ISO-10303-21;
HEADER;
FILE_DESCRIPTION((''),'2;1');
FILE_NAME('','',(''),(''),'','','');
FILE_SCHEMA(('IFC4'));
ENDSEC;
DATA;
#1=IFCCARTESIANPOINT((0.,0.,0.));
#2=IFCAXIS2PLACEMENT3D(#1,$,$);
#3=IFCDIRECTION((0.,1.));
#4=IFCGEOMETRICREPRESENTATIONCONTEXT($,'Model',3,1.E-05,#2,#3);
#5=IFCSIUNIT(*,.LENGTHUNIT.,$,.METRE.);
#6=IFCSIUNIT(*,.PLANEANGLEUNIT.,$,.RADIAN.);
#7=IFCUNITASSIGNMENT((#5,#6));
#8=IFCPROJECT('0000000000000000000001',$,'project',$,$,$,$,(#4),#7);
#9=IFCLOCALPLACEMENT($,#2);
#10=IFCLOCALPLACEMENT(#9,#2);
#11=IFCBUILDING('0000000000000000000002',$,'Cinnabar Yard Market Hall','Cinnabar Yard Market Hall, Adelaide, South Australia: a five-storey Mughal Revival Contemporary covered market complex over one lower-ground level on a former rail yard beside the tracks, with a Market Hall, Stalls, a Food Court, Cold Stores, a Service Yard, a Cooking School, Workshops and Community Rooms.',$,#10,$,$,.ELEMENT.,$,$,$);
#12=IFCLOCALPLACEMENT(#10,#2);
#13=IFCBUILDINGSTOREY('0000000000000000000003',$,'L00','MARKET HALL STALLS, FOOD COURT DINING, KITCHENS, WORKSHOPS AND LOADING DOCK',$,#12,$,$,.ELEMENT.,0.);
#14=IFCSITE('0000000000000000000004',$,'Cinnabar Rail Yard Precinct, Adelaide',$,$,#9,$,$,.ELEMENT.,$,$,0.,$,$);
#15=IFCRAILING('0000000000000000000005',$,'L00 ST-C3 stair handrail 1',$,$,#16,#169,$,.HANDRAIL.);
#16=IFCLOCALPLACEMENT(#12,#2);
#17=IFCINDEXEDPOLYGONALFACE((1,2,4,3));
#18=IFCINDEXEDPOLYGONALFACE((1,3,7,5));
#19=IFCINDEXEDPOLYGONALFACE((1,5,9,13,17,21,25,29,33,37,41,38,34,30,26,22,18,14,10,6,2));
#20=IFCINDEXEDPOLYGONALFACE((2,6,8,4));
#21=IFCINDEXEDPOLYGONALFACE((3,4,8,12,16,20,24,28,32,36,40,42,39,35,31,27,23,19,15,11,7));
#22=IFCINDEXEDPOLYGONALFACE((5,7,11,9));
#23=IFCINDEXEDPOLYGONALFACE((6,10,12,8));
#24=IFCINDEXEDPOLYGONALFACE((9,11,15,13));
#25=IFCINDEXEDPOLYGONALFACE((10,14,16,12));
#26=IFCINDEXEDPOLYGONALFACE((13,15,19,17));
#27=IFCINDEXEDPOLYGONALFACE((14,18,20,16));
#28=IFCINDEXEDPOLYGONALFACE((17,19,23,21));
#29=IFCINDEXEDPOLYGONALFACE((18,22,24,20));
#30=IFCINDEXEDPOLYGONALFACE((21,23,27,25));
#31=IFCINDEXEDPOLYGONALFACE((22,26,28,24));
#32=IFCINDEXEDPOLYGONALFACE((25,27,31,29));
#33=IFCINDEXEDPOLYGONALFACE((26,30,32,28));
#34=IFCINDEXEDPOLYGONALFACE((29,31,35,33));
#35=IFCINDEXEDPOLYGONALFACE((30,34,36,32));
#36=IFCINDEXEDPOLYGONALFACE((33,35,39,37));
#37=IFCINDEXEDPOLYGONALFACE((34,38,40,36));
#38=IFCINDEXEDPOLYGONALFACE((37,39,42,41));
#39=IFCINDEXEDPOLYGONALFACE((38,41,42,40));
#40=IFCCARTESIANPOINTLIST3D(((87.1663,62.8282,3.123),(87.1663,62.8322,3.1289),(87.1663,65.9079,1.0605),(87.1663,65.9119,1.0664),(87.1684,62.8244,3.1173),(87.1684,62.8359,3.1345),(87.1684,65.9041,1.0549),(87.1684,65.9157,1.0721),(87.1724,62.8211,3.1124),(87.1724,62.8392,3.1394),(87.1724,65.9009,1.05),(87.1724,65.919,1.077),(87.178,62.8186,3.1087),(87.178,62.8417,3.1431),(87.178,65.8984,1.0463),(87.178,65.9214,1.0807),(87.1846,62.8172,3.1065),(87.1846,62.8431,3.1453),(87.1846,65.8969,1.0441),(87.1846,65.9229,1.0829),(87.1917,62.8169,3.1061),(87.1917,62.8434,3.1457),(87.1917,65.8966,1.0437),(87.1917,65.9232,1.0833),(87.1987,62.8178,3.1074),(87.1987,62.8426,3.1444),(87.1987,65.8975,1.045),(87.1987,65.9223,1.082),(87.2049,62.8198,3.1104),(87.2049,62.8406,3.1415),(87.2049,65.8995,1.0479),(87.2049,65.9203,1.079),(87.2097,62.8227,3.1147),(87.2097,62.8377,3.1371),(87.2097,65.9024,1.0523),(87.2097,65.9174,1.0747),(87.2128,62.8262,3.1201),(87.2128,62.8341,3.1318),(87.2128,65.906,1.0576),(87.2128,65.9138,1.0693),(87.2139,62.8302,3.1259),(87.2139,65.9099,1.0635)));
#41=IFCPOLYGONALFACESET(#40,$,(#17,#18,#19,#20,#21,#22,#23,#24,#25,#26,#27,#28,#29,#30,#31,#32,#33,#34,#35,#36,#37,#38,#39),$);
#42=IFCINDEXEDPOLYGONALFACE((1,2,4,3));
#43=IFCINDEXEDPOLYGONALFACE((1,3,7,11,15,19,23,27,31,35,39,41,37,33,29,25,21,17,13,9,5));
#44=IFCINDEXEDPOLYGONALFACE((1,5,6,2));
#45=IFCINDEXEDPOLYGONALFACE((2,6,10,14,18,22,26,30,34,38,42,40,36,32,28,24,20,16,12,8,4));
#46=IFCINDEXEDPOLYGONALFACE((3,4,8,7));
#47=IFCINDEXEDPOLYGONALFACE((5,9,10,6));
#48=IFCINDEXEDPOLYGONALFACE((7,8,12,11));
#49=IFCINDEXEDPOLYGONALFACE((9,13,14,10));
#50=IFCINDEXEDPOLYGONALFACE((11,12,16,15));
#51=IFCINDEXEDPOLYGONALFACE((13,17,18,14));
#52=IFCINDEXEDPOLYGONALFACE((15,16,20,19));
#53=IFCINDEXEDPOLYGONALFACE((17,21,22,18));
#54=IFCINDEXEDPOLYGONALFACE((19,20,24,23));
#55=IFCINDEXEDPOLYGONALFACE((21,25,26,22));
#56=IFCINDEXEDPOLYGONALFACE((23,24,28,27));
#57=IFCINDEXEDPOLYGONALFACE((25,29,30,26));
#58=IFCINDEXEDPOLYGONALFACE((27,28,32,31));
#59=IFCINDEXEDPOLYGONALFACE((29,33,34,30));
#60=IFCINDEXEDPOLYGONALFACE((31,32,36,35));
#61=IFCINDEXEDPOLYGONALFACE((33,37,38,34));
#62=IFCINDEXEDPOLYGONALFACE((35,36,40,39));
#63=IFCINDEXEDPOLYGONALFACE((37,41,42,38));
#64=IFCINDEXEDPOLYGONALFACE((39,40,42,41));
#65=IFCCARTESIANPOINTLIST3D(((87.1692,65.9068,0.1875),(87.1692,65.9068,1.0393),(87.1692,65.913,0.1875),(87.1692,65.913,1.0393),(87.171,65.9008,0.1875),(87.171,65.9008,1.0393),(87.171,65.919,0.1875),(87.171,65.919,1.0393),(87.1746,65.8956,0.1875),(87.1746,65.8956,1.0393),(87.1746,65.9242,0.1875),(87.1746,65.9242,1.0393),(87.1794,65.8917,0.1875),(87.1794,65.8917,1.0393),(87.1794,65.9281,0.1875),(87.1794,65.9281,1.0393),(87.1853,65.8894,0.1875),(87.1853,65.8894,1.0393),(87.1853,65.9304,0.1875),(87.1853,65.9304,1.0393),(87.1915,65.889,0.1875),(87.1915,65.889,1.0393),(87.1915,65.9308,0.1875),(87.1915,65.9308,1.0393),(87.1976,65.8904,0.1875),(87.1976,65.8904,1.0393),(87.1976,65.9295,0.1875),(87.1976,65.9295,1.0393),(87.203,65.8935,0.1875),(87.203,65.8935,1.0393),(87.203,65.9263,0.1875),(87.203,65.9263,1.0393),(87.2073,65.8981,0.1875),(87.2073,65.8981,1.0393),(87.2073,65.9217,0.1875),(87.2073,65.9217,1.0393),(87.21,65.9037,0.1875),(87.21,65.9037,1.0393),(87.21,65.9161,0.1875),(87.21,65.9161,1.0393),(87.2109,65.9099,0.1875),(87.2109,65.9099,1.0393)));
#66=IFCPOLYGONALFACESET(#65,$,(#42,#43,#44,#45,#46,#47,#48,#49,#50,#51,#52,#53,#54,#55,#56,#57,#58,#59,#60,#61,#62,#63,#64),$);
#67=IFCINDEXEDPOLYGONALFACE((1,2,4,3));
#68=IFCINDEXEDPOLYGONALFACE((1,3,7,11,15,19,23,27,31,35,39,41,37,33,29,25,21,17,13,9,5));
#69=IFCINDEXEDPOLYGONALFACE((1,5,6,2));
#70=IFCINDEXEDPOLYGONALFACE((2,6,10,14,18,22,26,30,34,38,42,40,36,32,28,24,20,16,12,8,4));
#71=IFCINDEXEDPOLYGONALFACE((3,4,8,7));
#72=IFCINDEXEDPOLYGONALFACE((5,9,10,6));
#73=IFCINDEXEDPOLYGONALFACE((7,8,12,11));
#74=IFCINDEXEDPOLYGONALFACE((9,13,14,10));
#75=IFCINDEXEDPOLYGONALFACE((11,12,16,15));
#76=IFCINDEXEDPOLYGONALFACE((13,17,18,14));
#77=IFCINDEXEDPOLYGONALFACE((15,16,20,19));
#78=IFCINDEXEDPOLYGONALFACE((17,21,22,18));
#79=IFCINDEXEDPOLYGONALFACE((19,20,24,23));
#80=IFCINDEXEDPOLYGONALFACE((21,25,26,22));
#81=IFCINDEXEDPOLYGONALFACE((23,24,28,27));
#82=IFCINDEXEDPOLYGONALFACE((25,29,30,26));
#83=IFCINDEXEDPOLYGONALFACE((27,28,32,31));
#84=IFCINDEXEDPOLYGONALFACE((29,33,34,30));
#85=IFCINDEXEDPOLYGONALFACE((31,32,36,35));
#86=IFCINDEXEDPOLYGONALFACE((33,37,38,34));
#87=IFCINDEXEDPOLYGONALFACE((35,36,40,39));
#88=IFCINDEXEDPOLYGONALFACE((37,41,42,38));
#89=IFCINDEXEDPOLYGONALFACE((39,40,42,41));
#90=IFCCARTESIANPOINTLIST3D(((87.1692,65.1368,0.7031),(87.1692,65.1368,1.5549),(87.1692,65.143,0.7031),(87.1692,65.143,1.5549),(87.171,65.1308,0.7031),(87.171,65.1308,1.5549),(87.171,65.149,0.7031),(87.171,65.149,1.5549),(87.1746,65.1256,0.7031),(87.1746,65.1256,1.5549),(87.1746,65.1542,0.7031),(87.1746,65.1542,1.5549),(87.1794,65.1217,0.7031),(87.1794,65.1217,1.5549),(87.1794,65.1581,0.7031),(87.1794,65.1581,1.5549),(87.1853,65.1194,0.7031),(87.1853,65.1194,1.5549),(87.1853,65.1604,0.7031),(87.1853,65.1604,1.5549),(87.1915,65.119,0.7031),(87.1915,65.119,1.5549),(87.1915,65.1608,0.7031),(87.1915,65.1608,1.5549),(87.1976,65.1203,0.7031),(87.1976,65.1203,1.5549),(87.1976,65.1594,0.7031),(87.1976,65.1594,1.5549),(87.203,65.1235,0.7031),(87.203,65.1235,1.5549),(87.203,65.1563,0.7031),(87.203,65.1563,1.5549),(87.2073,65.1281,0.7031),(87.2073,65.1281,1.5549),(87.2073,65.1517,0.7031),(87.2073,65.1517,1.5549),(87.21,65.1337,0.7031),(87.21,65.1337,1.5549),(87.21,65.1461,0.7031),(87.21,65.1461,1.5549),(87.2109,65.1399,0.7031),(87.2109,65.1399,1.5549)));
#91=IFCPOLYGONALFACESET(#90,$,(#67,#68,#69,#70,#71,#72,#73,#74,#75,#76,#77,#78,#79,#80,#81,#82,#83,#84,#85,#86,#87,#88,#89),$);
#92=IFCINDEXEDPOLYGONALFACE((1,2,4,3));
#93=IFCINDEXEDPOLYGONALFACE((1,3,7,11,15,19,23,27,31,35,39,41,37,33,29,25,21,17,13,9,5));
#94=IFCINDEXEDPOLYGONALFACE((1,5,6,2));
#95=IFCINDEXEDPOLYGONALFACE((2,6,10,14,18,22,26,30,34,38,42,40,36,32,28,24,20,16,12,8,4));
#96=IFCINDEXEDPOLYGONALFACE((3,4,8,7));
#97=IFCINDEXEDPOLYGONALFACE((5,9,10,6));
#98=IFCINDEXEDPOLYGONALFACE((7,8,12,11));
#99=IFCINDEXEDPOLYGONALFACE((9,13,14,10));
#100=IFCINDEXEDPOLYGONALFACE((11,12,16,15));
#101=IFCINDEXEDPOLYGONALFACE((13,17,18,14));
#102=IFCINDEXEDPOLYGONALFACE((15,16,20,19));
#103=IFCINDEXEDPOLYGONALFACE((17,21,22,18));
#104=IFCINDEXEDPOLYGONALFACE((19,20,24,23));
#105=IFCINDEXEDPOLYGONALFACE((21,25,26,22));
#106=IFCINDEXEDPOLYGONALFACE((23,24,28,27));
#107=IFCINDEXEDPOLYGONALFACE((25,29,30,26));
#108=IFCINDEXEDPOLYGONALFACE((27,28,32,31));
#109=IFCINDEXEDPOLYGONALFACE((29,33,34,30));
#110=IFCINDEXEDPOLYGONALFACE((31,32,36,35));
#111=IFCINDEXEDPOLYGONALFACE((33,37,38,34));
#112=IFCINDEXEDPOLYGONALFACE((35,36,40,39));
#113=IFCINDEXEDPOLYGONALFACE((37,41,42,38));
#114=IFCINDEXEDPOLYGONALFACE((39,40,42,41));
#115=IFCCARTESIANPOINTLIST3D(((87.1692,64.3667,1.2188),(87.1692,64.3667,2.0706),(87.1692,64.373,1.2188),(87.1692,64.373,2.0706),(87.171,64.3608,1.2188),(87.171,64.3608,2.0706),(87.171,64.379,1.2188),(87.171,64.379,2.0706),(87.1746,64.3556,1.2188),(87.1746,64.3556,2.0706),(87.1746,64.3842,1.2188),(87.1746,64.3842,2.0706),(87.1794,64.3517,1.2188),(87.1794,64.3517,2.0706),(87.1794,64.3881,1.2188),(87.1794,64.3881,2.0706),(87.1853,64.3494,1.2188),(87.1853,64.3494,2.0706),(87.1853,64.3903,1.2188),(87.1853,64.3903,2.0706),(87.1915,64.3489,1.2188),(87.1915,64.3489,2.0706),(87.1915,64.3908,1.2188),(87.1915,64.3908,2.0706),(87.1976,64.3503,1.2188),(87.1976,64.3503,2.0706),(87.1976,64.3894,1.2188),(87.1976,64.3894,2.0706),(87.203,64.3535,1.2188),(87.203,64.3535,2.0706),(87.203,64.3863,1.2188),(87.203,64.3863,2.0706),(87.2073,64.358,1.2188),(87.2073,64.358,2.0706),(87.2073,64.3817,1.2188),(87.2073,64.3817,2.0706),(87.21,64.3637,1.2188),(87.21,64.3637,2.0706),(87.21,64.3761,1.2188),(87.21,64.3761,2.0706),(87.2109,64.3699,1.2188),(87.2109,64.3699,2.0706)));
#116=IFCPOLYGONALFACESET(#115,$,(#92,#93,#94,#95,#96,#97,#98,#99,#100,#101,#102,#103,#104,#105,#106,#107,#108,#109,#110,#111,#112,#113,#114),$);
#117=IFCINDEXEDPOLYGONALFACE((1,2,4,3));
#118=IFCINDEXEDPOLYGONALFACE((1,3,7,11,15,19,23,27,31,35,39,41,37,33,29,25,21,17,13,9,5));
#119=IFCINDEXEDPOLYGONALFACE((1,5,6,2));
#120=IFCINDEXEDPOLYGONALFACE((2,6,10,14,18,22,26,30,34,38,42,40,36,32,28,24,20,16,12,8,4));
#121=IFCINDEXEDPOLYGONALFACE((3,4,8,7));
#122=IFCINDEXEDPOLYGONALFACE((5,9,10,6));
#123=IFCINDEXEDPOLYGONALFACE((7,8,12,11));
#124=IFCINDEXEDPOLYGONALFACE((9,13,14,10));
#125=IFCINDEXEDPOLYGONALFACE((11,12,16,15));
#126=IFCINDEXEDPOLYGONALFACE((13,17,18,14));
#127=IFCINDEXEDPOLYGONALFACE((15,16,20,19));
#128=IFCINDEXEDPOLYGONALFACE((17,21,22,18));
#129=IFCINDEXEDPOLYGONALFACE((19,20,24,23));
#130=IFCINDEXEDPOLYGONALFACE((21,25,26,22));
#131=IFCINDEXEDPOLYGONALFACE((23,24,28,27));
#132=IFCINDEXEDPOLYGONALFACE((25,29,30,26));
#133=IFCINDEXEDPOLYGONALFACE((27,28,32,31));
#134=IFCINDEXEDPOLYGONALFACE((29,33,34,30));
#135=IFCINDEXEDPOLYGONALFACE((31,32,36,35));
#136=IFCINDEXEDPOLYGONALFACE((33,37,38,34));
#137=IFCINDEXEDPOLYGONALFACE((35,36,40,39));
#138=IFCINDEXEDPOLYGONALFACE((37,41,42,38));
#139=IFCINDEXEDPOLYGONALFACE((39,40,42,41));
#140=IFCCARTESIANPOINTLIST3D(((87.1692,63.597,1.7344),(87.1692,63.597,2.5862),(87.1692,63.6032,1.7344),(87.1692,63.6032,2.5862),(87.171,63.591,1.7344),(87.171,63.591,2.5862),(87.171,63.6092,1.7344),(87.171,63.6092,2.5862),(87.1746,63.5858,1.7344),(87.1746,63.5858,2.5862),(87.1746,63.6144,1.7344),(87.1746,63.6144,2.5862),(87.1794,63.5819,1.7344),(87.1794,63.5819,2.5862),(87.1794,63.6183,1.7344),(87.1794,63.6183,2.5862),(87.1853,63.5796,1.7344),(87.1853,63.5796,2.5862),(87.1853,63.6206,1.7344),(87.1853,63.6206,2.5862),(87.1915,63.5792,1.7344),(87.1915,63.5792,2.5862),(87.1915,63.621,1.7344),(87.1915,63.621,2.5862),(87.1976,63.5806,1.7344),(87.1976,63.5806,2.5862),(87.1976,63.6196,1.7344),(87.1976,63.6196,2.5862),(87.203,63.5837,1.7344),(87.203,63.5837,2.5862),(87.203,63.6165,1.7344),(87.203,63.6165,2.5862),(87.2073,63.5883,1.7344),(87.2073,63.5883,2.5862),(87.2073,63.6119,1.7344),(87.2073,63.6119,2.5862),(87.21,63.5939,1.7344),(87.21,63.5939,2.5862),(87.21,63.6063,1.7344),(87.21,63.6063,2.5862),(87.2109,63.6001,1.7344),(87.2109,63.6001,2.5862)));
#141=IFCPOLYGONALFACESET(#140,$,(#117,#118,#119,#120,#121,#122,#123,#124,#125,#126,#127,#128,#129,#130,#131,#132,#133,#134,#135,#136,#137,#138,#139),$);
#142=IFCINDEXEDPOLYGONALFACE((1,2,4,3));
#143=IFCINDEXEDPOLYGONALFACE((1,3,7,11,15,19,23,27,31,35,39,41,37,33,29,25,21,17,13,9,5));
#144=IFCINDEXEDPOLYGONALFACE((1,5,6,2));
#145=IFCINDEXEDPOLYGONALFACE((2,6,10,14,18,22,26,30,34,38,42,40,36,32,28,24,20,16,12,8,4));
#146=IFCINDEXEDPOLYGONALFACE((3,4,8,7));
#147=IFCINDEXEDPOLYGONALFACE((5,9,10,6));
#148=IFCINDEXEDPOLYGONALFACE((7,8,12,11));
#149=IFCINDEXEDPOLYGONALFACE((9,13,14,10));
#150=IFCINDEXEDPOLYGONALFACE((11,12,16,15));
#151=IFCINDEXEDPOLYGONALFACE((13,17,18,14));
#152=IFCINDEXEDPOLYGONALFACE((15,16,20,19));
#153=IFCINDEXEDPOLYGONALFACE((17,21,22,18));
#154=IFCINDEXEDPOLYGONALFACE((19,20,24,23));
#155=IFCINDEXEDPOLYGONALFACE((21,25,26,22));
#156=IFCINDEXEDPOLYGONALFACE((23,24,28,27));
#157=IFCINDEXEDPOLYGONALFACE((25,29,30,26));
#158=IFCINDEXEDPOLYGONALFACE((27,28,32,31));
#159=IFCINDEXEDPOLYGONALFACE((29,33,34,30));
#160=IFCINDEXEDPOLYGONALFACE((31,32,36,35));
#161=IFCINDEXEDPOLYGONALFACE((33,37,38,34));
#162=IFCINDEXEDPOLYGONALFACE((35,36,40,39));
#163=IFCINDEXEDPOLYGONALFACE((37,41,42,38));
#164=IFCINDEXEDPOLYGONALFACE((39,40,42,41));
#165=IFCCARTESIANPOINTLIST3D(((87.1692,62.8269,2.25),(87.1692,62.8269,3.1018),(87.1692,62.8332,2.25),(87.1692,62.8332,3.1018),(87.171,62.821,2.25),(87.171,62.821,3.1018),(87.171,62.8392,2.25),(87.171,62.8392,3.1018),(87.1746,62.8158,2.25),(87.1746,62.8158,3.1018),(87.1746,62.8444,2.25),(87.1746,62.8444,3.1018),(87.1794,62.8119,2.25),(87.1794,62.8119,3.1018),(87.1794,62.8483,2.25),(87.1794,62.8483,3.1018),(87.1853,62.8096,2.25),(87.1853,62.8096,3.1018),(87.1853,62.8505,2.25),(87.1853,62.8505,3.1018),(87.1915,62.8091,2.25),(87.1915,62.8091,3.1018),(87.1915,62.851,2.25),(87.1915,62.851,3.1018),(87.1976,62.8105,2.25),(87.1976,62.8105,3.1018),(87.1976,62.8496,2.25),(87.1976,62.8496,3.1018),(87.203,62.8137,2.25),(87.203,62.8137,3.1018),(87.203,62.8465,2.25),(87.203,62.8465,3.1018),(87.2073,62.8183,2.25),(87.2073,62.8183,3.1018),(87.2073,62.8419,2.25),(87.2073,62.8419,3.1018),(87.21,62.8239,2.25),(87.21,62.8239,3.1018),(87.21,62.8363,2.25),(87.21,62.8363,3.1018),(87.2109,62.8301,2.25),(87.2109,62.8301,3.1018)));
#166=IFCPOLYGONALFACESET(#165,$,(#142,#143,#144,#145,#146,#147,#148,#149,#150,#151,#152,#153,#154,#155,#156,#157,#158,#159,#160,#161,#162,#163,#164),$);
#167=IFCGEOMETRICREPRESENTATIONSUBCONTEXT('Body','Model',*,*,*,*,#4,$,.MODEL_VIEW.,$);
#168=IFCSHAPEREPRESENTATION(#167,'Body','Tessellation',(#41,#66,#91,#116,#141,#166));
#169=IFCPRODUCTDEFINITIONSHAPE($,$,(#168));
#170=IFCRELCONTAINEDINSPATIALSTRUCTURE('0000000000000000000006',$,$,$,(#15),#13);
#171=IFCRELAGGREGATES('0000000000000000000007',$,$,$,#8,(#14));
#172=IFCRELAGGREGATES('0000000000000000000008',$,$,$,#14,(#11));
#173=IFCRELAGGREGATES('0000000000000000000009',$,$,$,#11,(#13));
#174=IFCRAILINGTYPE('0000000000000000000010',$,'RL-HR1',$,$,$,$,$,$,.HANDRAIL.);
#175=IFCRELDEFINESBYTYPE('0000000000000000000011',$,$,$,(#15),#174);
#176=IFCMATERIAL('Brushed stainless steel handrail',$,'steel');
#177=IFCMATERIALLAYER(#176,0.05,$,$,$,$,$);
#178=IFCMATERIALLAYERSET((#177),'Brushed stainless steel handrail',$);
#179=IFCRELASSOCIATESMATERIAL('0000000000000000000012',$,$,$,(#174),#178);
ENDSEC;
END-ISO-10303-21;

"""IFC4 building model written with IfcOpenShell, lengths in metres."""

from ifc_helpers import new_model, si_unit, direction, frame, origin, origin_2d_with_axis, place, context, subcontext, project, spatial, circle, extrude, material, layer, layer_set, type_object, element, save


model = new_model("IFC4")

# Units and contexts
model_context = context("Model", 3, precision=1e-05, world=origin(), true_north=direction((0.0, 1.0)))
body_context = subcontext(model_context, "Body", "Model", "MODEL_VIEW")
ifc_project = project(units=[si_unit("LENGTHUNIT", "METRE"), si_unit("PLANEANGLEUNIT", "RADIAN")], contexts=[model_context])

# Site, building, storey
site_placement = place(None, origin())
site = spatial("IfcSite", under=ifc_project, at=site_placement, Name="Cinnabar Rail Yard Precinct, Adelaide", CompositionType="ELEMENT", RefElevation=0.0)
building_placement = place(site_placement, origin())
building = spatial("IfcBuilding", under=site, at=building_placement, Name="Cinnabar Yard Market Hall", Description="Cinnabar Yard Market Hall, Adelaide, South Australia: a five-storey Mughal Revival Contemporary covered market complex over one lower-ground level on a former rail yard beside the tracks, with a Market Hall, Stalls, a Food Court, Cold Stores, a Service Yard, a Cooking School, Workshops and Community Rooms.", CompositionType="ELEMENT")
storey_placement = place(building_placement, origin())
storey = spatial("IfcBuildingStorey", under=building, at=storey_placement, Name="L00", Description="MARKET HALL STALLS, FOOD COURT DINING, KITCHENS, WORKSHOPS AND LOADING DOCK", CompositionType="ELEMENT", Elevation=0.0)

# Railing
ifc_material_1 = material(Name="Brushed stainless steel handrail", Category="steel")
ifc_layer_1 = layer(ifc_material_1, 0.05)
ifc_layer_set_1 = layer_set([ifc_layer_1], Name="Brushed stainless steel handrail")
railing_type_1 = type_object("IfcRailingType", Name="RL-HR1", PredefinedType="HANDRAIL", material=ifc_layer_set_1)
railing_1_placement = place(storey_placement, frame((87.1899, 65.9099, 0.1875)))
element("IfcRailing", 1, at=railing_1_placement, inside=storey, type_object=railing_type_1, Name="L00 ST-C3 stair handrail 1", PredefinedType="HANDRAIL", context=body_context, shape_type="SweptSolid", body=[
    extrude(circle(Radius=0.0239, at=origin_2d_with_axis()), frame((0.0, 0.0, 0.876), z_axis=(0.0, -0.830893, 0.556432), x_axis=(1.0, 0.0, 0.0)), (0.0, 0.0, 1.0), 3.7065),
    extrude(circle(Radius=0.021, at=origin_2d_with_axis()), origin(), (0.0, 0.0, 1.0), 0.8518),
    extrude(circle(Radius=0.021, at=origin_2d_with_axis()), frame((0.0, -0.77, 0.5156)), (0.0, 0.0, 1.0), 0.8518),
    extrude(circle(Radius=0.021, at=origin_2d_with_axis()), frame((0.0, -1.54, 1.0312)), (0.0, 0.0, 1.0), 0.8518),
    extrude(circle(Radius=0.021, at=origin_2d_with_axis()), frame((0.0, -2.3098, 1.5469)), (0.0, 0.0, 1.0), 0.8518),
    extrude(circle(Radius=0.021, at=origin_2d_with_axis()), frame((0.0, -3.0798, 2.0625)), (0.0, 0.0, 1.0), 0.8518),
])

save(model, "model.ifc")
